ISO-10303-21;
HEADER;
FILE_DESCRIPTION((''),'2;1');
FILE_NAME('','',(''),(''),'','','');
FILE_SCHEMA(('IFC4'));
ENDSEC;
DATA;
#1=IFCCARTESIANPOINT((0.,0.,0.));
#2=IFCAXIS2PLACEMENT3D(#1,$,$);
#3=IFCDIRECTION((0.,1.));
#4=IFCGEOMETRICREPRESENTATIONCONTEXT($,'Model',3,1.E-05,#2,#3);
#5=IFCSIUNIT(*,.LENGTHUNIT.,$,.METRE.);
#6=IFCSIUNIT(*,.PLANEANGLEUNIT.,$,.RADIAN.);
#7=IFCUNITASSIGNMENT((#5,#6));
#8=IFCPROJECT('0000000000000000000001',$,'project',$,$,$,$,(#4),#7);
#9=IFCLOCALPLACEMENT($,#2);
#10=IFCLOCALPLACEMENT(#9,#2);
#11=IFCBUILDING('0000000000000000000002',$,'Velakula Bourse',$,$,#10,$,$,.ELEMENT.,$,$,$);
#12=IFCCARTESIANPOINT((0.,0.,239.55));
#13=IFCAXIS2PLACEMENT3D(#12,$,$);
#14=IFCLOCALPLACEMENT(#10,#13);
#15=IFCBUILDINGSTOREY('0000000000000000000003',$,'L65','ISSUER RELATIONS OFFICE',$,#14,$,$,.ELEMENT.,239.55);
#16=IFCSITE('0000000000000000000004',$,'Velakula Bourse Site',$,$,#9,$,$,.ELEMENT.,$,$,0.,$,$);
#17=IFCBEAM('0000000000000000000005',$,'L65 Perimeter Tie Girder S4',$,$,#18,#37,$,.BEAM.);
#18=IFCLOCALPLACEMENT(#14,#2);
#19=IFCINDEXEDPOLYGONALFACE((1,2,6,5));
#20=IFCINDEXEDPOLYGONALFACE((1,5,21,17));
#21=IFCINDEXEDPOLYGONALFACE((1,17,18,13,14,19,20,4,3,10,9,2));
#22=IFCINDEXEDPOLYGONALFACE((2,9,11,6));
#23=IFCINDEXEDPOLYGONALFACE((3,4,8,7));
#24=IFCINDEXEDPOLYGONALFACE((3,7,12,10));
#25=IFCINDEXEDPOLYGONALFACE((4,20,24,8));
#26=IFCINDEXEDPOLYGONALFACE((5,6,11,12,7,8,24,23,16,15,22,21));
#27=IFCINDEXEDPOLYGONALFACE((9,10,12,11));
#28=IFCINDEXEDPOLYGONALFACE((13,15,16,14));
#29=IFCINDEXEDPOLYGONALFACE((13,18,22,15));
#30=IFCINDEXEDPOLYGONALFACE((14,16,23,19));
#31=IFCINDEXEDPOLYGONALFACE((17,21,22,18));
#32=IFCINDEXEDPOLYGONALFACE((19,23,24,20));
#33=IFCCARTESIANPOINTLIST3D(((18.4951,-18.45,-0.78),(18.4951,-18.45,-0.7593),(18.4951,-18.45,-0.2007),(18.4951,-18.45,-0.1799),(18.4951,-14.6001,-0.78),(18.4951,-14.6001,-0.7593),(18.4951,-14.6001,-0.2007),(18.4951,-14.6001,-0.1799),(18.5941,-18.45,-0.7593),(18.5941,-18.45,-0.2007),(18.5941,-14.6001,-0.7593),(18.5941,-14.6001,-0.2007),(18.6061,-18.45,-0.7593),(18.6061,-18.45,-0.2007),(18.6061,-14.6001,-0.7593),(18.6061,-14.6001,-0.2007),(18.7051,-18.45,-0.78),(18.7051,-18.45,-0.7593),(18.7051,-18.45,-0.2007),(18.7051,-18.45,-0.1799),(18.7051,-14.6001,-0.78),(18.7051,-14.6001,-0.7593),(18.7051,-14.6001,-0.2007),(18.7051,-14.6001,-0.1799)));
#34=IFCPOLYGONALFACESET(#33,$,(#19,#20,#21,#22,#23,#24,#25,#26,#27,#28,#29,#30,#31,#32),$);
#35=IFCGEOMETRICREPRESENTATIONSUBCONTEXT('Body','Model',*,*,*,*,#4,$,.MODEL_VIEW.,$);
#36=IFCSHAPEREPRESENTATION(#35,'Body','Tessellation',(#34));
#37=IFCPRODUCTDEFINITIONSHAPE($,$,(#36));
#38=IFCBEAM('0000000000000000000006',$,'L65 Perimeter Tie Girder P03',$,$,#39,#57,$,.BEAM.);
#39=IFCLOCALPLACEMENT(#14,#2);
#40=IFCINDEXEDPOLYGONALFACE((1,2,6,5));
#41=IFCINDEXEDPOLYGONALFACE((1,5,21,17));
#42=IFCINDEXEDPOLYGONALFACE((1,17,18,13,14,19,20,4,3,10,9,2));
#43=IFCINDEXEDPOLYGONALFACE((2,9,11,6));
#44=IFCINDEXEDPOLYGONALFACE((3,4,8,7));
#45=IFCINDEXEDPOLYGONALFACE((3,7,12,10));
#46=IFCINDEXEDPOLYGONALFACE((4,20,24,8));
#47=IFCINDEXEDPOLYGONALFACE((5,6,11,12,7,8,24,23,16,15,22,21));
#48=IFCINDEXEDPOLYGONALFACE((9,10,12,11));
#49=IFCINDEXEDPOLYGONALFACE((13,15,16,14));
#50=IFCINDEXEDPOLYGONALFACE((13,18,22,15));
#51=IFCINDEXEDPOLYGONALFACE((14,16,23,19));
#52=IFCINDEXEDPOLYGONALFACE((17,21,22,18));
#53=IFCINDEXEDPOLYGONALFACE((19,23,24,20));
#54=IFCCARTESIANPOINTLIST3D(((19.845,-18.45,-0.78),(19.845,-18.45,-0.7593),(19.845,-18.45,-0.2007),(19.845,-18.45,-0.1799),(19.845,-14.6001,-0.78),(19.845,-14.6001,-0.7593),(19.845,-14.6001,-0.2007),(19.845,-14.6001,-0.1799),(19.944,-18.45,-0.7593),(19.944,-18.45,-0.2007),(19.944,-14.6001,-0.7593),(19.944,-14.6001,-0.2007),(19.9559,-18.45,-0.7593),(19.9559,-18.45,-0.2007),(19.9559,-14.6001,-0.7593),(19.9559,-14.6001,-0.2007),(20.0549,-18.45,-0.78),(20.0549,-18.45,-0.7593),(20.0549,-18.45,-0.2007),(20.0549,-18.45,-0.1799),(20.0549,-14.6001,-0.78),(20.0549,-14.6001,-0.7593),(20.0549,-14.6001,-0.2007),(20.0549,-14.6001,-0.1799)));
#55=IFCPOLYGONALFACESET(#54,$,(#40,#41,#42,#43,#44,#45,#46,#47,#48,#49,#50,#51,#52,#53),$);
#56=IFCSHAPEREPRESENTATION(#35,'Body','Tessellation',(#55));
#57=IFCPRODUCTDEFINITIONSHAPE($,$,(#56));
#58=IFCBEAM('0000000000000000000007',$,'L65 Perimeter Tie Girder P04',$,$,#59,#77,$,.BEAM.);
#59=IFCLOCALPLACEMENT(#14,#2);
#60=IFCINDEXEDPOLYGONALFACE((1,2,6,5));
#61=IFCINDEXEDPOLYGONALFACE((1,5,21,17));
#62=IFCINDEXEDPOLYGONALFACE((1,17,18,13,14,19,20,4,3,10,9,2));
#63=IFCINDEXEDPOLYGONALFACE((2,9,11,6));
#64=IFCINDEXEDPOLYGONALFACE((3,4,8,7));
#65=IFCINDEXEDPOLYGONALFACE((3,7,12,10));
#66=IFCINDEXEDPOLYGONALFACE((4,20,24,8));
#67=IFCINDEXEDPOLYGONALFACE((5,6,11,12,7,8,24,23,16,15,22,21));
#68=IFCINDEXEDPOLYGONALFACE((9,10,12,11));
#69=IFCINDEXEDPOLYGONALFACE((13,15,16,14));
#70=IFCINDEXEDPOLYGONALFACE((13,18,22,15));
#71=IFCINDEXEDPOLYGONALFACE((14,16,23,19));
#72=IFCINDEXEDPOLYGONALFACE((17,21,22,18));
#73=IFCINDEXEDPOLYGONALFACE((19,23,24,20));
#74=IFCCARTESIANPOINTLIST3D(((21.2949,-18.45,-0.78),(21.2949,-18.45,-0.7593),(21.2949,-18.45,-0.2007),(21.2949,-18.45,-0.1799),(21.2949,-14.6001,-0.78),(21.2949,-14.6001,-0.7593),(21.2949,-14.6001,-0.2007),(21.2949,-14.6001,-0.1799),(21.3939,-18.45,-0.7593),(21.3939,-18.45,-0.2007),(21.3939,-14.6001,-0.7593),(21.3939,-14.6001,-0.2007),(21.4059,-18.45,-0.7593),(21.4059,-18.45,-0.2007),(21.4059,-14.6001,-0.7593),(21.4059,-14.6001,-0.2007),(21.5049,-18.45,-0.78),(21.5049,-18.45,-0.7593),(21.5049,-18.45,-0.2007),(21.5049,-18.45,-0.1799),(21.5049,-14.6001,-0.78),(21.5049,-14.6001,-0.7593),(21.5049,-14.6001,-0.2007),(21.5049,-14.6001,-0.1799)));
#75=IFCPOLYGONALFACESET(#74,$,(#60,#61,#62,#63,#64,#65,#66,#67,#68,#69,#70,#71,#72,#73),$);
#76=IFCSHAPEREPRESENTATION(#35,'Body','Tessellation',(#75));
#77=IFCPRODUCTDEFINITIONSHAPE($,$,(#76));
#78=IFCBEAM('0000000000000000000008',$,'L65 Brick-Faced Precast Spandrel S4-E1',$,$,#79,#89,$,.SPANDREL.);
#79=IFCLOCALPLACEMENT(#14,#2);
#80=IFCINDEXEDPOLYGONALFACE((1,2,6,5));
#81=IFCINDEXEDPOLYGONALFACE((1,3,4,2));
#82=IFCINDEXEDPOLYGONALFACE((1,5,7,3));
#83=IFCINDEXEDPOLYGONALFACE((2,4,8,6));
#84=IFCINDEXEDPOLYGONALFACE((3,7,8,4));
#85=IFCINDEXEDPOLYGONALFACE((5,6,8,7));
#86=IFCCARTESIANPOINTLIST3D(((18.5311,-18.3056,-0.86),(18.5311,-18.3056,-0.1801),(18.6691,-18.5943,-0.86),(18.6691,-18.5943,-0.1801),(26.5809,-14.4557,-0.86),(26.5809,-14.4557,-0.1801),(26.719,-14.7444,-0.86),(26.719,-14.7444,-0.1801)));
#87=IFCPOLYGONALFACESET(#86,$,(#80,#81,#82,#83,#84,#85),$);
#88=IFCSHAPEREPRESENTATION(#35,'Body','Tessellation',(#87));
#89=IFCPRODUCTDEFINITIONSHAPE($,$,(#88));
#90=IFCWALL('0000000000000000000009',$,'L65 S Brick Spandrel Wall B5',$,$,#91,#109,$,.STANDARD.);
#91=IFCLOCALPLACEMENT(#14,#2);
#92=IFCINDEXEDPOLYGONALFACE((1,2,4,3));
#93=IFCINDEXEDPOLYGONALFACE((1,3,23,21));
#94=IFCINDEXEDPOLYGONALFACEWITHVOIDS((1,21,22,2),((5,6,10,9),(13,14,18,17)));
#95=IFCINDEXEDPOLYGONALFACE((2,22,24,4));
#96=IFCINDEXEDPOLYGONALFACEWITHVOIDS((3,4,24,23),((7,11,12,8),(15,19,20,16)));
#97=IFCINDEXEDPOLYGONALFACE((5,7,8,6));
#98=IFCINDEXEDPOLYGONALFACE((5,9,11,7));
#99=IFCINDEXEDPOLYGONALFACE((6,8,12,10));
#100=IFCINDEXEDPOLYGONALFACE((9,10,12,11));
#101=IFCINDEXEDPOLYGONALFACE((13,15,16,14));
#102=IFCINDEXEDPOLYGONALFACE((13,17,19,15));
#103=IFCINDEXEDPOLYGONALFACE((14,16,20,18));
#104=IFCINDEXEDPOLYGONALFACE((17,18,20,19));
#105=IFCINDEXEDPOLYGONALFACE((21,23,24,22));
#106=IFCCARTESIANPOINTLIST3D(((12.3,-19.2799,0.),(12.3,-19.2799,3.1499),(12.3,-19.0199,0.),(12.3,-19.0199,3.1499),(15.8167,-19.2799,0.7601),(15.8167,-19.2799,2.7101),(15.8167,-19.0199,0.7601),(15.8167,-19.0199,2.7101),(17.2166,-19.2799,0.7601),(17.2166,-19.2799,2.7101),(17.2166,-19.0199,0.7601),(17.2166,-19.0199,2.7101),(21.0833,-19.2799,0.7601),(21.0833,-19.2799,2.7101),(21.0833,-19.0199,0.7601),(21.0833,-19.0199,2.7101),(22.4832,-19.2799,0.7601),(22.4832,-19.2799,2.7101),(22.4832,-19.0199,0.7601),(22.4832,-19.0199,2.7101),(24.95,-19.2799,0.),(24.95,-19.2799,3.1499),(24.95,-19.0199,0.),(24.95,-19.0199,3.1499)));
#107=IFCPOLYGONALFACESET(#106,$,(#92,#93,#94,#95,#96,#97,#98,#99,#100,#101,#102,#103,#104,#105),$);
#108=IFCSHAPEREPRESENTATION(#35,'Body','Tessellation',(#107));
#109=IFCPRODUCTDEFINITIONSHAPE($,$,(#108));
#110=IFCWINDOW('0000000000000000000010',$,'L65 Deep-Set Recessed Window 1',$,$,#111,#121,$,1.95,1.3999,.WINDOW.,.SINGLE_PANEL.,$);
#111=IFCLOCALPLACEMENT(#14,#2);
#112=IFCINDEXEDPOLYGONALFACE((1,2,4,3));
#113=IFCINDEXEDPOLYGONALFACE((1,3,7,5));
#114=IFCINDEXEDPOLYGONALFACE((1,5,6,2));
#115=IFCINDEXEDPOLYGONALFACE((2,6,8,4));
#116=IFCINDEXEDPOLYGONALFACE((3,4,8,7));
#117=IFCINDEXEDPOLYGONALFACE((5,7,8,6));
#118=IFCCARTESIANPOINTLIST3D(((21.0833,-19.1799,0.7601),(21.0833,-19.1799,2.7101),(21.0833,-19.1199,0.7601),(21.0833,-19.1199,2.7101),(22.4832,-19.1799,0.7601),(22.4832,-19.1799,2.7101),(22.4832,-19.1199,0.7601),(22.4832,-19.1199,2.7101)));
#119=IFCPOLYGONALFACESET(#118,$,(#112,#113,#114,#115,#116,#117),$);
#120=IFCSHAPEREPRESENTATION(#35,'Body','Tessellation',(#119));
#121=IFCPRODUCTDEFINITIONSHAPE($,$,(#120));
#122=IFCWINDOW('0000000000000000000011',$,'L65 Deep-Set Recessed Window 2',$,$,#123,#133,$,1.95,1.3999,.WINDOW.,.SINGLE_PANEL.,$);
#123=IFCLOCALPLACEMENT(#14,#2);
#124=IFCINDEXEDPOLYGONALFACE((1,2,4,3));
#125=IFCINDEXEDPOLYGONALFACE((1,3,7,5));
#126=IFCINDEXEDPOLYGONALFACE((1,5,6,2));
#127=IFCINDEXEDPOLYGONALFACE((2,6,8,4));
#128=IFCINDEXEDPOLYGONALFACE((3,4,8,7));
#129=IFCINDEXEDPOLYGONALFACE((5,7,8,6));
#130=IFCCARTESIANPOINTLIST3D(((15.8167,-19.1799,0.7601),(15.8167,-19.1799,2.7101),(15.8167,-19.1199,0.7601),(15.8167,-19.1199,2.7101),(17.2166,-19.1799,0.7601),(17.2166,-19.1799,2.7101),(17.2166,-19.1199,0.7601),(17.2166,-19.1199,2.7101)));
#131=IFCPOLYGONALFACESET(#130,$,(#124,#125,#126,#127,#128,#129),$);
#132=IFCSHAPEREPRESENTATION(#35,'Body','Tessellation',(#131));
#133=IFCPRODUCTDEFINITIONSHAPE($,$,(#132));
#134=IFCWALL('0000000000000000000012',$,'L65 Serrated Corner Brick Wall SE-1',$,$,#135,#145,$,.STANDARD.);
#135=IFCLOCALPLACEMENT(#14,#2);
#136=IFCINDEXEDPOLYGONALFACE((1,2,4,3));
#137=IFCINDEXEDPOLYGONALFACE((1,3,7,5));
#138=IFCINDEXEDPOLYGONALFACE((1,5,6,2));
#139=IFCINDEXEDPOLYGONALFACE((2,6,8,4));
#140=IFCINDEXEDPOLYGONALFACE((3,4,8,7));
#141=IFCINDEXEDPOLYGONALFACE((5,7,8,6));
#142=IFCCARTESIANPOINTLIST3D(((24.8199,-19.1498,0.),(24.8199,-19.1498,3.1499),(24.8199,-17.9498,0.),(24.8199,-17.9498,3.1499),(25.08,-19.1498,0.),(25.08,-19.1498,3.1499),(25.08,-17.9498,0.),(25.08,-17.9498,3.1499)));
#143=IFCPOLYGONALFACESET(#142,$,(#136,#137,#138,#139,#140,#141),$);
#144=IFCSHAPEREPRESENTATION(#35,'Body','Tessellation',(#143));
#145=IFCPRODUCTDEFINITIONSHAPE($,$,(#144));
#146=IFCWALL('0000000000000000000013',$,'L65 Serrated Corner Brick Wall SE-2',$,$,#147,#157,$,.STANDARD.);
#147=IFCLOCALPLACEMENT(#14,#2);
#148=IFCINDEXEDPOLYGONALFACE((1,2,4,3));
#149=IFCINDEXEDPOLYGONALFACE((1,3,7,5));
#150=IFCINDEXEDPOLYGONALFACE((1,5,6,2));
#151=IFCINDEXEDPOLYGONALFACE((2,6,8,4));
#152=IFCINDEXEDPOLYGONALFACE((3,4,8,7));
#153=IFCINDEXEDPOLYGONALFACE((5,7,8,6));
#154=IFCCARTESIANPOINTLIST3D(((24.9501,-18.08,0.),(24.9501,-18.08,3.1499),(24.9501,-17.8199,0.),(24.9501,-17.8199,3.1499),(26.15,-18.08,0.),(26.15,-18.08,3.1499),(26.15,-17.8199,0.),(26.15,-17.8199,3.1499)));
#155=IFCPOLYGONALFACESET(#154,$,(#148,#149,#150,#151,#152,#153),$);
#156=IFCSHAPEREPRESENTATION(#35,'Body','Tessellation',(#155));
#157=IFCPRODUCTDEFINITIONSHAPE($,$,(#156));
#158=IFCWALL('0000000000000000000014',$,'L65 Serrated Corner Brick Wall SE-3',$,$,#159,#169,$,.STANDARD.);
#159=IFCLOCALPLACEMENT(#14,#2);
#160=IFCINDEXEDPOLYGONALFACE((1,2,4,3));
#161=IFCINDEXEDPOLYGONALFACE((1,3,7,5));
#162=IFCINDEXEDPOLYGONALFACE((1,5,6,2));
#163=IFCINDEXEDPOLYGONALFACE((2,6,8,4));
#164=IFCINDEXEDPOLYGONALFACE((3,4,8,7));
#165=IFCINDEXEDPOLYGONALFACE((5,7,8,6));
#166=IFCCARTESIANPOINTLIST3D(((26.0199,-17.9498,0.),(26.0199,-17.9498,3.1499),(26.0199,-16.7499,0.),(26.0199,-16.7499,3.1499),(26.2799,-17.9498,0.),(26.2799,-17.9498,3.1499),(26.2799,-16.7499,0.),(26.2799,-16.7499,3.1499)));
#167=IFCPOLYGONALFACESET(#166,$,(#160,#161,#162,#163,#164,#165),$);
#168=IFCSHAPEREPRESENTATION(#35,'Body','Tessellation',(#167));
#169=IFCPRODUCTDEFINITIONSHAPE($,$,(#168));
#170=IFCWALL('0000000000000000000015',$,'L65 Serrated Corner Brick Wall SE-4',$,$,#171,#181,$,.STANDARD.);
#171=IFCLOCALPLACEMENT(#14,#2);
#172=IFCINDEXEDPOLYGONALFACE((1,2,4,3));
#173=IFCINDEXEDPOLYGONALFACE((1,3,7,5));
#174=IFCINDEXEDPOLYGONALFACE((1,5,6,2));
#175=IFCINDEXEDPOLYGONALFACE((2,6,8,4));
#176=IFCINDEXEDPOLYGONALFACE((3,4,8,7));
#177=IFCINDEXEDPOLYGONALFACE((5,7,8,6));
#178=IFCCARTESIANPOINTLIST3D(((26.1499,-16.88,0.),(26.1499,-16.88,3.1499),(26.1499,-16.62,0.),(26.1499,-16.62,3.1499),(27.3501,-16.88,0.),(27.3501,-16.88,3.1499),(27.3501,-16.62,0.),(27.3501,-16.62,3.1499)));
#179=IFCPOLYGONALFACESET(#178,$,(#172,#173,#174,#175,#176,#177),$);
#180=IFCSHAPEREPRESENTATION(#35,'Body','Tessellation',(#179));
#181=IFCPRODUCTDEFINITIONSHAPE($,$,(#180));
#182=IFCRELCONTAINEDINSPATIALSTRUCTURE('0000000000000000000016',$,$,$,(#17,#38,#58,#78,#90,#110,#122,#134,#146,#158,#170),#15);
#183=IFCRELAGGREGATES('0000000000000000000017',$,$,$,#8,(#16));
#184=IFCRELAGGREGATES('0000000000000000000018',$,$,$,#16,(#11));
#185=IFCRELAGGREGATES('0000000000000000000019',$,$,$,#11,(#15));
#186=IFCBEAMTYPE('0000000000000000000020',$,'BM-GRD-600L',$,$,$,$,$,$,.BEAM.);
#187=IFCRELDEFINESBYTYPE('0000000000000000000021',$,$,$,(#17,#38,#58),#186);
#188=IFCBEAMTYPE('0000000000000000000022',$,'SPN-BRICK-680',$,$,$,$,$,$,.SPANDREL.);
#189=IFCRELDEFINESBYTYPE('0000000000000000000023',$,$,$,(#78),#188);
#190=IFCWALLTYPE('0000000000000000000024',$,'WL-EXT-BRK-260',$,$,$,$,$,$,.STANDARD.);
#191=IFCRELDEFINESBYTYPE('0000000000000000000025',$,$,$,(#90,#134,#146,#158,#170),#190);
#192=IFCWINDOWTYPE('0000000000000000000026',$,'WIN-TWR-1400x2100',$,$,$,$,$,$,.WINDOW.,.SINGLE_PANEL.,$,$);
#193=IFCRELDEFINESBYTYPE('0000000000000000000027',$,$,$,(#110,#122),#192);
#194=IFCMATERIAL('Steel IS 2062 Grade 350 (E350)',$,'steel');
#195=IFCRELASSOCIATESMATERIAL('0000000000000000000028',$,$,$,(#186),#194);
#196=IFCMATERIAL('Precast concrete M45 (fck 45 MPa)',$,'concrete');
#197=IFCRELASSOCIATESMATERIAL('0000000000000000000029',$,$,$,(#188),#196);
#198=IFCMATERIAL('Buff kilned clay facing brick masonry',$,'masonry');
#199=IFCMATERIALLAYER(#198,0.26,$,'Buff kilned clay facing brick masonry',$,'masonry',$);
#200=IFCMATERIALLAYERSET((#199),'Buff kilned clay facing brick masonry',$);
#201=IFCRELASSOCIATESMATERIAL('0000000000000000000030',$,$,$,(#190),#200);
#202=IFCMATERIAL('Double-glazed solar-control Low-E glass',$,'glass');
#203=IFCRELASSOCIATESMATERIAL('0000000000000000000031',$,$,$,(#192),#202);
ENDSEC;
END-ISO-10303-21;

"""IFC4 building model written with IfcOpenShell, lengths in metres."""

from ifc_helpers import new_model, si_unit, direction, frame, frame_2d, origin, origin_2d, place, context, subcontext, project, spatial, rectangle, i_section, extrude, material, layer, layer_set, material_profile, profile_set, type_object, element, fill, save


model = new_model("IFC4")

# Units and contexts
model_context = context("Model", 3, precision=1e-05, world=origin(), true_north=direction((0.0, 1.0)))
body_context = subcontext(model_context, "Body", "Model", "MODEL_VIEW")
ifc_project = project(units=[si_unit("LENGTHUNIT", "METRE"), si_unit("PLANEANGLEUNIT", "RADIAN")], contexts=[model_context])

# Site, building, storey
site_placement = place(None, origin())
site = spatial("IfcSite", under=ifc_project, at=site_placement, Name="Velakula Bourse Site", CompositionType="ELEMENT", RefElevation=0.0)
building_placement = place(site_placement, origin())
building = spatial("IfcBuilding", under=site, at=building_placement, Name="Velakula Bourse", CompositionType="ELEMENT")
storey_placement = place(building_placement, frame((0.0, 0.0, 239.55)))
storey = spatial("IfcBuildingStorey", under=building, at=storey_placement, Name="L65", Description="ISSUER RELATIONS OFFICE", CompositionType="ELEMENT", Elevation=239.55)

# Shared definitions
ifc_material_1 = material(Name="Steel IS 2062 Grade 350 (E350)", Category="steel")
ifc_material_2 = material(Name="Precast concrete M45 (fck 45 MPa)", Category="concrete")

# Beams
ifc_material_profile_1 = material_profile(ifc_material_1, i_section(OverallWidth=0.21, OverallDepth=0.6001, WebThickness=0.012, FlangeThickness=0.0208, at=origin_2d()), Name="Steel IS 2062 Grade 350 (E350)")
ifc_profile_set_1 = profile_set([ifc_material_profile_1], Name="Steel IS 2062 Grade 350 (E350)")
beam_type_1 = type_object("IfcBeamType", Name="BM-GRD-600L", PredefinedType="BEAM", material=ifc_profile_set_1)
for number, where, z_axis, x_axis, name in (
    (1, (18.6001, -14.6001, -0.48), (0.0, -1.0, 0.0), (1.0, 0.0, 0.0), "L65 Perimeter Tie Girder S4"),
    (2, (19.95, -14.6001, -0.48), (0.0, -1.0, 0.0), (1.0, 0.0, 0.0), "L65 Perimeter Tie Girder P03"),
    (3, (21.3999, -14.6001, -0.48), (0.0, -1.0, 0.0), (1.0, 0.0, 0.0), "L65 Perimeter Tie Girder P04"),
):
    element("IfcBeam", number, at=place(storey_placement, frame(where, z_axis=z_axis, x_axis=x_axis)), inside=storey, type_object=beam_type_1, Name=name, PredefinedType="BEAM", context=body_context, shape_type="SweptSolid", body=[
        extrude(i_section(OverallWidth=0.21, OverallDepth=0.6001, WebThickness=0.012, FlangeThickness=0.0208, at=origin_2d()), origin(), (0.0, 0.0, 1.0), 3.8499),
    ])
ifc_material_profile_2 = material_profile(ifc_material_2, rectangle(XDim=0.3201, YDim=0.6799, at=origin_2d()), Name="Precast concrete M45 (fck 45 MPa)")
ifc_profile_set_2 = profile_set([ifc_material_profile_2], Name="Precast concrete M45 (fck 45 MPa)")
beam_type_2 = type_object("IfcBeamType", Name="SPN-BRICK-680", PredefinedType="SPANDREL", material=ifc_profile_set_2)
beam_1_placement = place(storey_placement, frame((18.6001, -18.45, -0.52), z_axis=(0.902137, 0.431451, 0.0), x_axis=(-0.431451, 0.902137, 0.0)))
element("IfcBeam", 4, at=beam_1_placement, inside=storey, type_object=beam_type_2, Name="L65 Brick-Faced Precast Spandrel S4-E1", PredefinedType="SPANDREL", context=body_context, shape_type="SweptSolid", body=[
    extrude(rectangle(XDim=0.3201, YDim=0.6799, at=origin_2d()), origin(), (0.0, 0.0, 1.0), 8.9231),
])

# Wall, openings, windows
ifc_material_3 = material(Name="Buff kilned clay facing brick masonry", Category="masonry")
ifc_layer_1 = layer(ifc_material_3, 0.26, Name="Buff kilned clay facing brick masonry", Category="masonry")
ifc_layer_set_1 = layer_set([ifc_layer_1], Name="Buff kilned clay facing brick masonry")
wall_type_1 = type_object("IfcWallType", Name="WL-EXT-BRK-260", PredefinedType="STANDARD", material=ifc_layer_set_1)
wall_1_placement = place(storey_placement, frame((24.95, -19.1499, 0.0), z_axis=(0.0, 0.0, 1.0), x_axis=(-1.0, 0.0, 0.0)))
wall_1 = element("IfcWall", 5, at=wall_1_placement, inside=storey, type_object=wall_type_1, Name="L65 S Brick Spandrel Wall B5", PredefinedType="STANDARD", context=body_context, shape_type="SweptSolid", body=[
    extrude(rectangle(XDim=12.6499, YDim=0.26, at=frame_2d((6.325, 0.0))), origin(), (0.0, 0.0, 1.0), 3.1499),
])
opening_1_placement = place(wall_1_placement, frame((2.4668, 0.0, 0.76)))
opening_1 = element("IfcOpeningElement", 6, at=opening_1_placement, cuts=wall_1, PredefinedType="OPENING", context=body_context, shape_type="SweptSolid", body=[
    extrude(rectangle(XDim=1.3999, YDim=1.95, at=frame_2d((0.7, 0.9751))), frame((0.0, 0.1399, 0.0), z_axis=(0.0, -1.0, 0.0), x_axis=(1.0, 0.0, 0.0)), (0.0, 0.0, 1.0), 0.28),
])
opening_2_placement = place(wall_1_placement, frame((7.7334, 0.0, 0.76)))
opening_2 = element("IfcOpeningElement", 7, at=opening_2_placement, cuts=wall_1, PredefinedType="OPENING", context=body_context, shape_type="SweptSolid", body=[
    extrude(rectangle(XDim=1.3999, YDim=1.95, at=frame_2d((0.7, 0.9751))), frame((0.0, 0.1399, 0.0), z_axis=(0.0, -1.0, 0.0), x_axis=(1.0, 0.0, 0.0)), (0.0, 0.0, 1.0), 0.28),
])
ifc_material_4 = material(Name="Double-glazed solar-control Low-E glass", Category="glass")
window_type = type_object("IfcWindowType", Name="WIN-TWR-1400x2100", PartitioningType="SINGLE_PANEL", PredefinedType="WINDOW", material=ifc_material_4)
window_1_placement = place(opening_1_placement, origin())
window_1 = element("IfcWindow", 8, at=window_1_placement, inside=storey, type_object=window_type, Name="L65 Deep-Set Recessed Window 1", OverallHeight=1.95, OverallWidth=1.3999, PartitioningType="SINGLE_PANEL", PredefinedType="WINDOW", context=body_context, shape_type="SweptSolid", body=[
    extrude(rectangle(XDim=1.3999, YDim=1.95, at=frame_2d((0.7, 0.9751))), frame((0.0, 0.03, 0.0), z_axis=(0.0, -1.0, 0.0), x_axis=(1.0, 0.0, 0.0)), (0.0, 0.0, 1.0), 0.0601),
])
fill(opening_1, window_1)
window_2_placement = place(opening_2_placement, origin())
window_2 = element("IfcWindow", 9, at=window_2_placement, inside=storey, type_object=window_type, Name="L65 Deep-Set Recessed Window 2", OverallHeight=1.95, OverallWidth=1.3999, PartitioningType="SINGLE_PANEL", PredefinedType="WINDOW", context=body_context, shape_type="SweptSolid", body=[
    extrude(rectangle(XDim=1.3999, YDim=1.95, at=frame_2d((0.7, 0.9751))), frame((0.0, 0.03, 0.0), z_axis=(0.0, -1.0, 0.0), x_axis=(1.0, 0.0, 0.0)), (0.0, 0.0, 1.0), 0.0601),
])
fill(opening_2, window_2)

# Walls
for number, where, z_axis, x_axis, name in (
    (10, (24.95, -19.1499, 0.0), (0.0, 0.0, 1.0), (0.0, 1.0, 0.0), "L65 Serrated Corner Brick Wall SE-1"),
    (11, (24.95, -17.95, 0.0), (0.0, 0.0, 1.0), (1.0, 0.0, 0.0), "L65 Serrated Corner Brick Wall SE-2"),
    (12, (26.1499, -17.95, 0.0), (0.0, 0.0, 1.0), (0.0, 1.0, 0.0), "L65 Serrated Corner Brick Wall SE-3"),
):
    element("IfcWall", number, at=place(storey_placement, frame(where, z_axis=z_axis, x_axis=x_axis)), inside=storey, type_object=wall_type_1, Name=name, PredefinedType="STANDARD", context=body_context, shape_type="SweptSolid", body=[
        extrude(rectangle(XDim=1.2, YDim=0.26, at=frame_2d((0.6001, 0.0))), origin(), (0.0, 0.0, 1.0), 3.1499),
    ])
wall_2_placement = place(storey_placement, frame((26.1499, -16.75, 0.0), z_axis=(0.0, 0.0, 1.0), x_axis=(1.0, 0.0, 0.0)))
element("IfcWall", 13, at=wall_2_placement, inside=storey, type_object=wall_type_1, Name="L65 Serrated Corner Brick Wall SE-4", PredefinedType="STANDARD", context=body_context, shape_type="SweptSolid", body=[
    extrude(rectangle(XDim=1.2002, YDim=0.26, at=frame_2d((0.6001, 0.0))), origin(), (0.0, 0.0, 1.0), 3.1499),
])

save(model, "model.ifc")
